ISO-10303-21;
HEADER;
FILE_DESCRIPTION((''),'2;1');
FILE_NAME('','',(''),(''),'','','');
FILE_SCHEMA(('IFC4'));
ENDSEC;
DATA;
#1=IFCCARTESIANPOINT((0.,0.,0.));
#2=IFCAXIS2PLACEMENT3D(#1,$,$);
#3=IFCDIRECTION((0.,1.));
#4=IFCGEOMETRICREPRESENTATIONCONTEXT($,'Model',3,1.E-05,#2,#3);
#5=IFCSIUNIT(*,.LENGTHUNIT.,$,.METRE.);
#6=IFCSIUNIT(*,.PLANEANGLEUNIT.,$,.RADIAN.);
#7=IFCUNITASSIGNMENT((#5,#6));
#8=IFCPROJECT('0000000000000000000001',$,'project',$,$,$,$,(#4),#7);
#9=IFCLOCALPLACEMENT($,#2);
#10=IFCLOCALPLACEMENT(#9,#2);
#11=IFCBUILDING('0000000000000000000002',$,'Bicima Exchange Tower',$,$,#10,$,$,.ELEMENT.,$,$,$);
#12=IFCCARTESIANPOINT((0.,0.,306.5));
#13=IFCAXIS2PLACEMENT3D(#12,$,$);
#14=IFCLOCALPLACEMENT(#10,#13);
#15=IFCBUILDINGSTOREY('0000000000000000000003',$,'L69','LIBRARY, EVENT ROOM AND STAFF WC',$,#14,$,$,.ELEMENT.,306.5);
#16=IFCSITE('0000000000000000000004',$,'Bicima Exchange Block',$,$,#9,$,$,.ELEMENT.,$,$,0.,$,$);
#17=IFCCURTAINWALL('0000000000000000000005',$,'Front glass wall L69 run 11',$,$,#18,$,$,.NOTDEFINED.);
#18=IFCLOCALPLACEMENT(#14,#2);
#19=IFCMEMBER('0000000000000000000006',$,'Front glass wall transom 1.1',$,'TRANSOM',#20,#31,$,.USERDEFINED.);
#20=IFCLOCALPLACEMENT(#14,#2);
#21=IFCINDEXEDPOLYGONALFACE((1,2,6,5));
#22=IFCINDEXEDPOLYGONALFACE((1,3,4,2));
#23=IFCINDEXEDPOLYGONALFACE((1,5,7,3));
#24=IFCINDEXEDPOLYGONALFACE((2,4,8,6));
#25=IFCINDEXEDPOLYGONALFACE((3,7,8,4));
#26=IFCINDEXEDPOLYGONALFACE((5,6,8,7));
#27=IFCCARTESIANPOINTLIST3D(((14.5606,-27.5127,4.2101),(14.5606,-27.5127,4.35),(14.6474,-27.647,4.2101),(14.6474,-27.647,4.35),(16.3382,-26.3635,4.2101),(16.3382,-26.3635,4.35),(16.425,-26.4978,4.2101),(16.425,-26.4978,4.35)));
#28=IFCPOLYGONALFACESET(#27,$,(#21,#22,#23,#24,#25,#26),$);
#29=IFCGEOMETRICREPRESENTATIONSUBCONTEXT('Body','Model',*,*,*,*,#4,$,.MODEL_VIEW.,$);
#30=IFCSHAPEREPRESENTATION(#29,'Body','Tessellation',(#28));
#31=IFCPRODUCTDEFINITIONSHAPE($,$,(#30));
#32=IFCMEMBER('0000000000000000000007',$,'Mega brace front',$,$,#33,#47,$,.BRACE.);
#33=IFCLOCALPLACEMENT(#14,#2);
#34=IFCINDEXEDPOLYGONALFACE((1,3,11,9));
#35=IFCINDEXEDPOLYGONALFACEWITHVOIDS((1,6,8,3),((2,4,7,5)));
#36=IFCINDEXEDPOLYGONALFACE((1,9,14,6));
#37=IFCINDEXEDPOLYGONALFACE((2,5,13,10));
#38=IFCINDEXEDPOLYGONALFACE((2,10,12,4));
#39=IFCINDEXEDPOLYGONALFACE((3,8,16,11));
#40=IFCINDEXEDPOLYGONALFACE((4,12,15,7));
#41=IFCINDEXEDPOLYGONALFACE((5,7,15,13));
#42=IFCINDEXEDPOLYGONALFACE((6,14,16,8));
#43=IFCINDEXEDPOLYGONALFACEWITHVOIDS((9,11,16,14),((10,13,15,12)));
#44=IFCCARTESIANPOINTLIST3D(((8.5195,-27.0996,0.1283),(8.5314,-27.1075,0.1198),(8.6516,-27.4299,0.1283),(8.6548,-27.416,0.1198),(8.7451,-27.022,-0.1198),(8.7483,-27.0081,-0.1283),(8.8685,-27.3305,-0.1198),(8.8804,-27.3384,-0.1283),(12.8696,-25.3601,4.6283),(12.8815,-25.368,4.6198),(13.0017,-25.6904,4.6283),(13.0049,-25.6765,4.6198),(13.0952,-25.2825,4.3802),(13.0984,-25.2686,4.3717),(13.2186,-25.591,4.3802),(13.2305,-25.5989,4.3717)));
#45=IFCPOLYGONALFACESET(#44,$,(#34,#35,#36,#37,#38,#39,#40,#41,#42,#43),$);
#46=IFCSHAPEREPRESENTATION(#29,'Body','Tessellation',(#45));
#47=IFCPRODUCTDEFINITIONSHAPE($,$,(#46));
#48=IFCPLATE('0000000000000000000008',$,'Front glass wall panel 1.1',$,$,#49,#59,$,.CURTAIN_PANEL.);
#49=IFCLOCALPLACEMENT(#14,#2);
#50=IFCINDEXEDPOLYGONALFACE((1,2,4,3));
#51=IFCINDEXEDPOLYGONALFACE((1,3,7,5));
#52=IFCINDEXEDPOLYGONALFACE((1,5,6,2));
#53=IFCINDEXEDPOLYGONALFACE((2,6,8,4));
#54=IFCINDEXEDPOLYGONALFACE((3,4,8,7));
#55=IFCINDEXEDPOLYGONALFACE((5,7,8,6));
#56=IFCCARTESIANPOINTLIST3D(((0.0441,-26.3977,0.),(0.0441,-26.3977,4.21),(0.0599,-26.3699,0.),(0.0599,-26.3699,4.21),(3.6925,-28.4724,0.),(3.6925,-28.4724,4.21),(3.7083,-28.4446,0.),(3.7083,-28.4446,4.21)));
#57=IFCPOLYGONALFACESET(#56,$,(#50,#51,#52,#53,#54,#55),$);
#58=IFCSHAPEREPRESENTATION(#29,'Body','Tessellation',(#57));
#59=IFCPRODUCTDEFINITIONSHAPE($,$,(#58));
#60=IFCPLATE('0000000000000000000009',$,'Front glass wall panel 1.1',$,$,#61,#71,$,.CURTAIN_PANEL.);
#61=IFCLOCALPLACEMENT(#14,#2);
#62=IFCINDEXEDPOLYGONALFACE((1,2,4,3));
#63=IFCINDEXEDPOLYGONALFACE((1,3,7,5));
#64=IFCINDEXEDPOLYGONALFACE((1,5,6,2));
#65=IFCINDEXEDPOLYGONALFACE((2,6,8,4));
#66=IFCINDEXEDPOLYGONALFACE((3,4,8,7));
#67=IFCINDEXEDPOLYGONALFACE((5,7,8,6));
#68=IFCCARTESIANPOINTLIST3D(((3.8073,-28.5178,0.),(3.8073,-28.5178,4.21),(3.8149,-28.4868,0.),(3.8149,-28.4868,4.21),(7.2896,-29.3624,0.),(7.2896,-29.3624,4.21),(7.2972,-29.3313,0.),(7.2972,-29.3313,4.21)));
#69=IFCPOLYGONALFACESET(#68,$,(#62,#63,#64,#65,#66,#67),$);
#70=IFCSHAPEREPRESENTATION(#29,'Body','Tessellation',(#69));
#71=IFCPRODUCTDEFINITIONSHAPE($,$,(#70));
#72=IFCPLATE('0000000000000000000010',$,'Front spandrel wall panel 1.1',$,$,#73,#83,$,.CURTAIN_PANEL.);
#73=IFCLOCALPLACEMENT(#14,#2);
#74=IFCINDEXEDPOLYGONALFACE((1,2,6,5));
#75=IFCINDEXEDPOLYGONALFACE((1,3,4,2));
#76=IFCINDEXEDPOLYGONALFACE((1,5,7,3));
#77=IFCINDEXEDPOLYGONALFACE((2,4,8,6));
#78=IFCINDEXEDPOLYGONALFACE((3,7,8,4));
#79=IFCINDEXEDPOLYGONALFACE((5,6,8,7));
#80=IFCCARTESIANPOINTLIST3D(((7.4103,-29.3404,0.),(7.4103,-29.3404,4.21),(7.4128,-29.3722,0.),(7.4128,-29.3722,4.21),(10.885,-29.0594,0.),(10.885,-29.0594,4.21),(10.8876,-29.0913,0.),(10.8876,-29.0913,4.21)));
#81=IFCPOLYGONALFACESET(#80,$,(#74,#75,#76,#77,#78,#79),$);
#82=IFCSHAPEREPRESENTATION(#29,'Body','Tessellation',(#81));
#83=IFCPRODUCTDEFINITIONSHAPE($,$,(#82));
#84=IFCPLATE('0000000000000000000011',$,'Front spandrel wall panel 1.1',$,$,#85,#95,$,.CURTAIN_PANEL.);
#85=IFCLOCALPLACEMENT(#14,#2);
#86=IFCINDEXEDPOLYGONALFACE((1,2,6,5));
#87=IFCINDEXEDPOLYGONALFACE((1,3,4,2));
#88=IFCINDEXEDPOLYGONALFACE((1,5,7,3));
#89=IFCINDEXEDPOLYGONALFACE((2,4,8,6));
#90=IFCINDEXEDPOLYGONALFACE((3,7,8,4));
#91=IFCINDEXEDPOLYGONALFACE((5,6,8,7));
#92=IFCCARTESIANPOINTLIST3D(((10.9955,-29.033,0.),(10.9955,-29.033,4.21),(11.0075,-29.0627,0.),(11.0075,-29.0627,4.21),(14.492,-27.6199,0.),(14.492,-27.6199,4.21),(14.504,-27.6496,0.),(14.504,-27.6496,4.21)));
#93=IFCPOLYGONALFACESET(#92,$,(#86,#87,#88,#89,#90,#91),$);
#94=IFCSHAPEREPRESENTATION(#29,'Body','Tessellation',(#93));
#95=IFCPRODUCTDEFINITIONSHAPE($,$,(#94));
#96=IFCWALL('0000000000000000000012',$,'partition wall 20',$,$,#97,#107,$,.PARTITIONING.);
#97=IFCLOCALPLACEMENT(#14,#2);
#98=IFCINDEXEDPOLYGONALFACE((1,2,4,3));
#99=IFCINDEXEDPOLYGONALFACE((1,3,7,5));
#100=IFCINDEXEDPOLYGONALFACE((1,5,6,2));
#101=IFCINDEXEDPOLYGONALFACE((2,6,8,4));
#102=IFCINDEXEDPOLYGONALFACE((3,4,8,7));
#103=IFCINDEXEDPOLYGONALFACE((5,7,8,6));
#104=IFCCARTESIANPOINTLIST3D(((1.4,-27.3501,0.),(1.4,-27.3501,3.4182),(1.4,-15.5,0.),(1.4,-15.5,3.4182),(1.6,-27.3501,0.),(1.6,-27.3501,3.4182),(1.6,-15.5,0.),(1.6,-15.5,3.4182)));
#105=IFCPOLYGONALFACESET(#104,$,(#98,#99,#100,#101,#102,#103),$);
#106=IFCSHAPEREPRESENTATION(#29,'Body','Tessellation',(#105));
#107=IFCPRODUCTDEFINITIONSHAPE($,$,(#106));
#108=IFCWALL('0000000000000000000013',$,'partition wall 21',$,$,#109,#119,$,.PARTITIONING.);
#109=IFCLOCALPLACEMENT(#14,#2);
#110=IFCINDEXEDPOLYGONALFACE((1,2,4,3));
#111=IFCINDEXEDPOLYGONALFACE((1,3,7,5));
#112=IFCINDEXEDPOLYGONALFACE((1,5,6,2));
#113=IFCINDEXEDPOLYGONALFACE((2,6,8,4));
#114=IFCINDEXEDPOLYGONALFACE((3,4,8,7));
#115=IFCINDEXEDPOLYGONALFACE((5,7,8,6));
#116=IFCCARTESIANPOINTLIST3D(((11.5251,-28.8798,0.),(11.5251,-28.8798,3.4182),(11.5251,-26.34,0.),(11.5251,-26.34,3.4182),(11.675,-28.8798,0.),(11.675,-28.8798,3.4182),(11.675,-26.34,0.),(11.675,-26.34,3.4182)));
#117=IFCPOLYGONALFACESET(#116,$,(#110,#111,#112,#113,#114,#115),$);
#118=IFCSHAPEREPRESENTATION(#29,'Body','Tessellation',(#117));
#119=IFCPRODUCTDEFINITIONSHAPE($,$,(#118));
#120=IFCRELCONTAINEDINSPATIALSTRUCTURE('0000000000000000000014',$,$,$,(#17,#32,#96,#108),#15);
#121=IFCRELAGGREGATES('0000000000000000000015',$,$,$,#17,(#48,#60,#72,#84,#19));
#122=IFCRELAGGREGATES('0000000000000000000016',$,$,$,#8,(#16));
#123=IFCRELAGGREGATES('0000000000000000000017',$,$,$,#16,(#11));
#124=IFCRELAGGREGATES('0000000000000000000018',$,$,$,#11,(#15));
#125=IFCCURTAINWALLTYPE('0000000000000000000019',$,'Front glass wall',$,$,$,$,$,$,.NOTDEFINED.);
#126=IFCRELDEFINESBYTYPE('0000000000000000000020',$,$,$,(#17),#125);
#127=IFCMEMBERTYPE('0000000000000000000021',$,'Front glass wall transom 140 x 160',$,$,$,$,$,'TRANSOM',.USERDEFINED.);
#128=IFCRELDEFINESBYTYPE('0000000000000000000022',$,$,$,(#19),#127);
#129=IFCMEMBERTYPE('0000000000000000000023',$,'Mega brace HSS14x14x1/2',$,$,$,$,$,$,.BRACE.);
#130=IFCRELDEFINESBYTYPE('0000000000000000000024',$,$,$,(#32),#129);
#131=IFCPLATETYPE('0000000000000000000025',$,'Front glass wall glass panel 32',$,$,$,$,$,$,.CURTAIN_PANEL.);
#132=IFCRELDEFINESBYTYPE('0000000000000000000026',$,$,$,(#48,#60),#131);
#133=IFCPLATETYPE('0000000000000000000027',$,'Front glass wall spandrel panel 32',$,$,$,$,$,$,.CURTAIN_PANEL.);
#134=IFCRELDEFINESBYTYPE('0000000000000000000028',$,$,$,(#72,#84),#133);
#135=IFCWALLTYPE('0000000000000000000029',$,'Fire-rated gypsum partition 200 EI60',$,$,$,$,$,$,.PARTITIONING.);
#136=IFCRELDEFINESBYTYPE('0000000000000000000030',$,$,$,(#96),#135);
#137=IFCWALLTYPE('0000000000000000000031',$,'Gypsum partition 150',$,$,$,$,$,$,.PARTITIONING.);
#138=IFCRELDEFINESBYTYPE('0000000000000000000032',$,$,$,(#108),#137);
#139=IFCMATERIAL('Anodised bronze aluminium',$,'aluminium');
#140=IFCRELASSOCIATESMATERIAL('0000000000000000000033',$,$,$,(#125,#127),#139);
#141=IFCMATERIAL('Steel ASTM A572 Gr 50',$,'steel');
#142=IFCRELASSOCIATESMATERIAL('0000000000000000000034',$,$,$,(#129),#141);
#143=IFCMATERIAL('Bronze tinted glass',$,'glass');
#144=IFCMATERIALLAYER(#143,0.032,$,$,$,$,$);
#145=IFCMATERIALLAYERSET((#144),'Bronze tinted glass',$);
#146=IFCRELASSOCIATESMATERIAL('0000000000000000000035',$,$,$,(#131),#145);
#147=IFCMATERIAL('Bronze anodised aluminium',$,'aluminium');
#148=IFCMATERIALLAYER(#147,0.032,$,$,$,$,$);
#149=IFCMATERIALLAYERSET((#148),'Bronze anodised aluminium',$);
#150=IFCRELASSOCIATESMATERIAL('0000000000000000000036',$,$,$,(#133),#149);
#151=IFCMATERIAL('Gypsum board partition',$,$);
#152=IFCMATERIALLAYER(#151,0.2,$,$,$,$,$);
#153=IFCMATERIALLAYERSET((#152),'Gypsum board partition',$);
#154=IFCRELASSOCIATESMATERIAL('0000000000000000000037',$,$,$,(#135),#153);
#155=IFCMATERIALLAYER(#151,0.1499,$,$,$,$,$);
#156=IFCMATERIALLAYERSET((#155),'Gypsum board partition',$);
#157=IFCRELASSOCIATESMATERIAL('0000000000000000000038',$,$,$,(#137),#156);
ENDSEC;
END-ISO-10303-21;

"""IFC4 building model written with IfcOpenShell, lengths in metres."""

from ifc_helpers import new_model, si_unit, direction, frame, frame_2d, origin, origin_2d, place, context, subcontext, project, spatial, rectangle, hollow_rectangle, extrude, material, layer, layer_set, material_profile, profile_set, type_object, element, aggregate, save


model = new_model("IFC4")

# Units and contexts
model_context = context("Model", 3, precision=1e-05, world=origin(), true_north=direction((0.0, 1.0)))
body_context = subcontext(model_context, "Body", "Model", "MODEL_VIEW")
ifc_project = project(units=[si_unit("LENGTHUNIT", "METRE"), si_unit("PLANEANGLEUNIT", "RADIAN")], contexts=[model_context])

# Site, building, storey
site_placement = place(None, origin())
site = spatial("IfcSite", under=ifc_project, at=site_placement, Name="Bicima Exchange Block", CompositionType="ELEMENT", RefElevation=0.0)
building_placement = place(site_placement, origin())
building = spatial("IfcBuilding", under=site, at=building_placement, Name="Bicima Exchange Tower", CompositionType="ELEMENT")
storey_placement = place(building_placement, frame((0.0, 0.0, 306.5)))
storey = spatial("IfcBuildingStorey", under=building, at=storey_placement, Name="L69", Description="LIBRARY, EVENT ROOM AND STAFF WC", CompositionType="ELEMENT", Elevation=306.5)

# Shared definitions
ifc_material_1 = material(Name="Steel ASTM A572 Gr 50", Category="steel")

# Curtain wall, member
ifc_material_2 = material(Name="Anodised bronze aluminium", Category="aluminium")
curtain_wall_type = type_object("IfcCurtainWallType", Name="Front glass wall", PredefinedType="NOTDEFINED", material=ifc_material_2)
curtain_wall_placement = place(storey_placement, origin())
curtain_wall = element("IfcCurtainWall", 1, at=curtain_wall_placement, inside=storey, type_object=curtain_wall_type, Name="Front glass wall L69 run 11", PredefinedType="NOTDEFINED")
ifc_material_profile_1 = material_profile(ifc_material_2, rectangle(XDim=0.1599, YDim=0.1399, at=origin_2d()))
ifc_profile_set_1 = profile_set([ifc_material_profile_1], Name="Anodised bronze aluminium")
member_type_1 = type_object("IfcMemberType", Name="Front glass wall transom 140 x 160", ElementType="TRANSOM", PredefinedType="USERDEFINED", material=ifc_profile_set_1)
member_1_placement = place(storey_placement, frame((14.604, -27.5798, 4.28), z_axis=(0.839793, 0.542907, 0.0), x_axis=(-0.542907, 0.839793, 0.0)))
member_1 = element("IfcMember", 2, at=member_1_placement, type_object=member_type_1, Name="Front glass wall transom 1.1", ObjectType="TRANSOM", PredefinedType="USERDEFINED", context=body_context, shape_type="SweptSolid", body=[
    extrude(rectangle(XDim=0.1599, YDim=0.1399, at=origin_2d()), origin(), (0.0, 0.0, 1.0), 2.1167),
])

# Member
ifc_material_profile_2 = material_profile(ifc_material_1, hollow_rectangle(XDim=0.3557, YDim=0.3557, WallThickness=0.0117, at=origin_2d()))
ifc_profile_set_2 = profile_set([ifc_material_profile_2], Name="Steel ASTM A572 Gr 50")
member_type_2 = type_object("IfcMemberType", Name="Mega brace HSS14x14x1/2", PredefinedType="BRACE", material=ifc_profile_set_2)
member_2_placement = place(storey_placement, frame((8.7, -27.219, 0.0), z_axis=(0.669648, 0.267777, 0.692724), x_axis=(-0.371292, 0.928516, 0.0)))
element("IfcMember", 3, at=member_2_placement, inside=storey, type_object=member_type_2, Name="Mega brace front", PredefinedType="BRACE", context=body_context, shape_type="SweptSolid", body=[
    extrude(hollow_rectangle(XDim=0.3557, YDim=0.3557, WallThickness=0.0117, at=origin_2d()), origin(), (0.0, 0.0, 1.0), 6.4961),
])

# Plates
ifc_material_3 = material(Name="Bronze tinted glass", Category="glass")
ifc_layer_1 = layer(ifc_material_3, 0.032)
ifc_layer_set_1 = layer_set([ifc_layer_1], Name="Bronze tinted glass")
plate_type_1 = type_object("IfcPlateType", Name="Front glass wall glass panel 32", PredefinedType="CURTAIN_PANEL", material=ifc_layer_set_1)
plate_1_placement = place(storey_placement, frame((1.8762, -27.4211, 0.0), z_axis=(0.0, 0.0, 1.0), x_axis=(0.869274, -0.49433, 0.0)))
plate_1 = element("IfcPlate", 4, at=plate_1_placement, type_object=plate_type_1, Name="Front glass wall panel 1.1", PredefinedType="CURTAIN_PANEL", context=body_context, shape_type="SweptSolid", body=[
    extrude(rectangle(XDim=4.197, YDim=0.032, at=origin_2d()), origin(), (0.0, 0.0, 1.0), 4.21),
])
plate_2_placement = place(storey_placement, frame((5.5522, -28.9246, 0.0), z_axis=(0.0, 0.0, 1.0), x_axis=(0.97183, -0.235682, 0.0)))
plate_2 = element("IfcPlate", 5, at=plate_2_placement, type_object=plate_type_1, Name="Front glass wall panel 1.1", PredefinedType="CURTAIN_PANEL", context=body_context, shape_type="SweptSolid", body=[
    extrude(rectangle(XDim=3.5833, YDim=0.032, at=origin_2d()), origin(), (0.0, 0.0, 1.0), 4.21),
])
ifc_material_4 = material(Name="Bronze anodised aluminium", Category="aluminium")
ifc_layer_2 = layer(ifc_material_4, 0.032)
ifc_layer_set_2 = layer_set([ifc_layer_2], Name="Bronze anodised aluminium")
plate_type_2 = type_object("IfcPlateType", Name="Front glass wall spandrel panel 32", PredefinedType="CURTAIN_PANEL", material=ifc_layer_set_2)
plate_3_placement = place(storey_placement, frame((9.1489, -29.2158, 0.0), z_axis=(0.0, 0.0, 1.0), x_axis=(0.996747, 0.080589, 0.0)))
plate_3 = element("IfcPlate", 6, at=plate_3_placement, type_object=plate_type_2, Name="Front spandrel wall panel 1.1", PredefinedType="CURTAIN_PANEL", context=body_context, shape_type="SweptSolid", body=[
    extrude(rectangle(XDim=3.4861, YDim=0.032, at=origin_2d()), origin(), (0.0, 0.0, 1.0), 4.21),
])
plate_4_placement = place(storey_placement, frame((12.7498, -28.3413, 0.0), z_axis=(0.0, 0.0, 1.0), x_axis=(0.927144, 0.374705, 0.0)))
plate_4 = element("IfcPlate", 7, at=plate_4_placement, type_object=plate_type_2, Name="Front spandrel wall panel 1.1", PredefinedType="CURTAIN_PANEL", context=body_context, shape_type="SweptSolid", body=[
    extrude(rectangle(XDim=3.7712, YDim=0.032, at=origin_2d()), origin(), (0.0, 0.0, 1.0), 4.21),
])
aggregate(curtain_wall, [plate_1, plate_2, plate_3, plate_4, member_1])

# Walls
ifc_material_5 = material(Name="Gypsum board partition")
ifc_layer_3 = layer(ifc_material_5, 0.2)
ifc_layer_set_3 = layer_set([ifc_layer_3], Name="Gypsum board partition")
wall_type_1 = type_object("IfcWallType", Name="Fire-rated gypsum partition 200 EI60", PredefinedType="PARTITIONING", material=ifc_layer_set_3)
wall_1_placement = place(storey_placement, frame((1.5, -27.3501, 0.0), z_axis=(0.0, 0.0, 1.0), x_axis=(0.0, 1.0, 0.0)))
element("IfcWall", 8, at=wall_1_placement, inside=storey, type_object=wall_type_1, Name="partition wall 20", PredefinedType="PARTITIONING", context=body_context, shape_type="SweptSolid", body=[
    extrude(rectangle(XDim=11.8501, YDim=0.2, at=frame_2d((5.925, 0.0))), origin(), (0.0, 0.0, 1.0), 3.4182),
])
ifc_layer_4 = layer(ifc_material_5, 0.1499)
ifc_layer_set_4 = layer_set([ifc_layer_4], Name="Gypsum board partition")
wall_type_2 = type_object("IfcWallType", Name="Gypsum partition 150", PredefinedType="PARTITIONING", material=ifc_layer_set_4)
wall_2_placement = place(storey_placement, frame((11.6001, -28.8799, 0.0), z_axis=(0.0, 0.0, 1.0), x_axis=(0.0, 1.0, 0.0)))
element("IfcWall", 9, at=wall_2_placement, inside=storey, type_object=wall_type_2, Name="partition wall 21", PredefinedType="PARTITIONING", context=body_context, shape_type="SweptSolid", body=[
    extrude(rectangle(XDim=2.5398, YDim=0.1499, at=frame_2d((1.27, 0.0))), origin(), (0.0, 0.0, 1.0), 3.4182),
])

save(model, "model.ifc")
